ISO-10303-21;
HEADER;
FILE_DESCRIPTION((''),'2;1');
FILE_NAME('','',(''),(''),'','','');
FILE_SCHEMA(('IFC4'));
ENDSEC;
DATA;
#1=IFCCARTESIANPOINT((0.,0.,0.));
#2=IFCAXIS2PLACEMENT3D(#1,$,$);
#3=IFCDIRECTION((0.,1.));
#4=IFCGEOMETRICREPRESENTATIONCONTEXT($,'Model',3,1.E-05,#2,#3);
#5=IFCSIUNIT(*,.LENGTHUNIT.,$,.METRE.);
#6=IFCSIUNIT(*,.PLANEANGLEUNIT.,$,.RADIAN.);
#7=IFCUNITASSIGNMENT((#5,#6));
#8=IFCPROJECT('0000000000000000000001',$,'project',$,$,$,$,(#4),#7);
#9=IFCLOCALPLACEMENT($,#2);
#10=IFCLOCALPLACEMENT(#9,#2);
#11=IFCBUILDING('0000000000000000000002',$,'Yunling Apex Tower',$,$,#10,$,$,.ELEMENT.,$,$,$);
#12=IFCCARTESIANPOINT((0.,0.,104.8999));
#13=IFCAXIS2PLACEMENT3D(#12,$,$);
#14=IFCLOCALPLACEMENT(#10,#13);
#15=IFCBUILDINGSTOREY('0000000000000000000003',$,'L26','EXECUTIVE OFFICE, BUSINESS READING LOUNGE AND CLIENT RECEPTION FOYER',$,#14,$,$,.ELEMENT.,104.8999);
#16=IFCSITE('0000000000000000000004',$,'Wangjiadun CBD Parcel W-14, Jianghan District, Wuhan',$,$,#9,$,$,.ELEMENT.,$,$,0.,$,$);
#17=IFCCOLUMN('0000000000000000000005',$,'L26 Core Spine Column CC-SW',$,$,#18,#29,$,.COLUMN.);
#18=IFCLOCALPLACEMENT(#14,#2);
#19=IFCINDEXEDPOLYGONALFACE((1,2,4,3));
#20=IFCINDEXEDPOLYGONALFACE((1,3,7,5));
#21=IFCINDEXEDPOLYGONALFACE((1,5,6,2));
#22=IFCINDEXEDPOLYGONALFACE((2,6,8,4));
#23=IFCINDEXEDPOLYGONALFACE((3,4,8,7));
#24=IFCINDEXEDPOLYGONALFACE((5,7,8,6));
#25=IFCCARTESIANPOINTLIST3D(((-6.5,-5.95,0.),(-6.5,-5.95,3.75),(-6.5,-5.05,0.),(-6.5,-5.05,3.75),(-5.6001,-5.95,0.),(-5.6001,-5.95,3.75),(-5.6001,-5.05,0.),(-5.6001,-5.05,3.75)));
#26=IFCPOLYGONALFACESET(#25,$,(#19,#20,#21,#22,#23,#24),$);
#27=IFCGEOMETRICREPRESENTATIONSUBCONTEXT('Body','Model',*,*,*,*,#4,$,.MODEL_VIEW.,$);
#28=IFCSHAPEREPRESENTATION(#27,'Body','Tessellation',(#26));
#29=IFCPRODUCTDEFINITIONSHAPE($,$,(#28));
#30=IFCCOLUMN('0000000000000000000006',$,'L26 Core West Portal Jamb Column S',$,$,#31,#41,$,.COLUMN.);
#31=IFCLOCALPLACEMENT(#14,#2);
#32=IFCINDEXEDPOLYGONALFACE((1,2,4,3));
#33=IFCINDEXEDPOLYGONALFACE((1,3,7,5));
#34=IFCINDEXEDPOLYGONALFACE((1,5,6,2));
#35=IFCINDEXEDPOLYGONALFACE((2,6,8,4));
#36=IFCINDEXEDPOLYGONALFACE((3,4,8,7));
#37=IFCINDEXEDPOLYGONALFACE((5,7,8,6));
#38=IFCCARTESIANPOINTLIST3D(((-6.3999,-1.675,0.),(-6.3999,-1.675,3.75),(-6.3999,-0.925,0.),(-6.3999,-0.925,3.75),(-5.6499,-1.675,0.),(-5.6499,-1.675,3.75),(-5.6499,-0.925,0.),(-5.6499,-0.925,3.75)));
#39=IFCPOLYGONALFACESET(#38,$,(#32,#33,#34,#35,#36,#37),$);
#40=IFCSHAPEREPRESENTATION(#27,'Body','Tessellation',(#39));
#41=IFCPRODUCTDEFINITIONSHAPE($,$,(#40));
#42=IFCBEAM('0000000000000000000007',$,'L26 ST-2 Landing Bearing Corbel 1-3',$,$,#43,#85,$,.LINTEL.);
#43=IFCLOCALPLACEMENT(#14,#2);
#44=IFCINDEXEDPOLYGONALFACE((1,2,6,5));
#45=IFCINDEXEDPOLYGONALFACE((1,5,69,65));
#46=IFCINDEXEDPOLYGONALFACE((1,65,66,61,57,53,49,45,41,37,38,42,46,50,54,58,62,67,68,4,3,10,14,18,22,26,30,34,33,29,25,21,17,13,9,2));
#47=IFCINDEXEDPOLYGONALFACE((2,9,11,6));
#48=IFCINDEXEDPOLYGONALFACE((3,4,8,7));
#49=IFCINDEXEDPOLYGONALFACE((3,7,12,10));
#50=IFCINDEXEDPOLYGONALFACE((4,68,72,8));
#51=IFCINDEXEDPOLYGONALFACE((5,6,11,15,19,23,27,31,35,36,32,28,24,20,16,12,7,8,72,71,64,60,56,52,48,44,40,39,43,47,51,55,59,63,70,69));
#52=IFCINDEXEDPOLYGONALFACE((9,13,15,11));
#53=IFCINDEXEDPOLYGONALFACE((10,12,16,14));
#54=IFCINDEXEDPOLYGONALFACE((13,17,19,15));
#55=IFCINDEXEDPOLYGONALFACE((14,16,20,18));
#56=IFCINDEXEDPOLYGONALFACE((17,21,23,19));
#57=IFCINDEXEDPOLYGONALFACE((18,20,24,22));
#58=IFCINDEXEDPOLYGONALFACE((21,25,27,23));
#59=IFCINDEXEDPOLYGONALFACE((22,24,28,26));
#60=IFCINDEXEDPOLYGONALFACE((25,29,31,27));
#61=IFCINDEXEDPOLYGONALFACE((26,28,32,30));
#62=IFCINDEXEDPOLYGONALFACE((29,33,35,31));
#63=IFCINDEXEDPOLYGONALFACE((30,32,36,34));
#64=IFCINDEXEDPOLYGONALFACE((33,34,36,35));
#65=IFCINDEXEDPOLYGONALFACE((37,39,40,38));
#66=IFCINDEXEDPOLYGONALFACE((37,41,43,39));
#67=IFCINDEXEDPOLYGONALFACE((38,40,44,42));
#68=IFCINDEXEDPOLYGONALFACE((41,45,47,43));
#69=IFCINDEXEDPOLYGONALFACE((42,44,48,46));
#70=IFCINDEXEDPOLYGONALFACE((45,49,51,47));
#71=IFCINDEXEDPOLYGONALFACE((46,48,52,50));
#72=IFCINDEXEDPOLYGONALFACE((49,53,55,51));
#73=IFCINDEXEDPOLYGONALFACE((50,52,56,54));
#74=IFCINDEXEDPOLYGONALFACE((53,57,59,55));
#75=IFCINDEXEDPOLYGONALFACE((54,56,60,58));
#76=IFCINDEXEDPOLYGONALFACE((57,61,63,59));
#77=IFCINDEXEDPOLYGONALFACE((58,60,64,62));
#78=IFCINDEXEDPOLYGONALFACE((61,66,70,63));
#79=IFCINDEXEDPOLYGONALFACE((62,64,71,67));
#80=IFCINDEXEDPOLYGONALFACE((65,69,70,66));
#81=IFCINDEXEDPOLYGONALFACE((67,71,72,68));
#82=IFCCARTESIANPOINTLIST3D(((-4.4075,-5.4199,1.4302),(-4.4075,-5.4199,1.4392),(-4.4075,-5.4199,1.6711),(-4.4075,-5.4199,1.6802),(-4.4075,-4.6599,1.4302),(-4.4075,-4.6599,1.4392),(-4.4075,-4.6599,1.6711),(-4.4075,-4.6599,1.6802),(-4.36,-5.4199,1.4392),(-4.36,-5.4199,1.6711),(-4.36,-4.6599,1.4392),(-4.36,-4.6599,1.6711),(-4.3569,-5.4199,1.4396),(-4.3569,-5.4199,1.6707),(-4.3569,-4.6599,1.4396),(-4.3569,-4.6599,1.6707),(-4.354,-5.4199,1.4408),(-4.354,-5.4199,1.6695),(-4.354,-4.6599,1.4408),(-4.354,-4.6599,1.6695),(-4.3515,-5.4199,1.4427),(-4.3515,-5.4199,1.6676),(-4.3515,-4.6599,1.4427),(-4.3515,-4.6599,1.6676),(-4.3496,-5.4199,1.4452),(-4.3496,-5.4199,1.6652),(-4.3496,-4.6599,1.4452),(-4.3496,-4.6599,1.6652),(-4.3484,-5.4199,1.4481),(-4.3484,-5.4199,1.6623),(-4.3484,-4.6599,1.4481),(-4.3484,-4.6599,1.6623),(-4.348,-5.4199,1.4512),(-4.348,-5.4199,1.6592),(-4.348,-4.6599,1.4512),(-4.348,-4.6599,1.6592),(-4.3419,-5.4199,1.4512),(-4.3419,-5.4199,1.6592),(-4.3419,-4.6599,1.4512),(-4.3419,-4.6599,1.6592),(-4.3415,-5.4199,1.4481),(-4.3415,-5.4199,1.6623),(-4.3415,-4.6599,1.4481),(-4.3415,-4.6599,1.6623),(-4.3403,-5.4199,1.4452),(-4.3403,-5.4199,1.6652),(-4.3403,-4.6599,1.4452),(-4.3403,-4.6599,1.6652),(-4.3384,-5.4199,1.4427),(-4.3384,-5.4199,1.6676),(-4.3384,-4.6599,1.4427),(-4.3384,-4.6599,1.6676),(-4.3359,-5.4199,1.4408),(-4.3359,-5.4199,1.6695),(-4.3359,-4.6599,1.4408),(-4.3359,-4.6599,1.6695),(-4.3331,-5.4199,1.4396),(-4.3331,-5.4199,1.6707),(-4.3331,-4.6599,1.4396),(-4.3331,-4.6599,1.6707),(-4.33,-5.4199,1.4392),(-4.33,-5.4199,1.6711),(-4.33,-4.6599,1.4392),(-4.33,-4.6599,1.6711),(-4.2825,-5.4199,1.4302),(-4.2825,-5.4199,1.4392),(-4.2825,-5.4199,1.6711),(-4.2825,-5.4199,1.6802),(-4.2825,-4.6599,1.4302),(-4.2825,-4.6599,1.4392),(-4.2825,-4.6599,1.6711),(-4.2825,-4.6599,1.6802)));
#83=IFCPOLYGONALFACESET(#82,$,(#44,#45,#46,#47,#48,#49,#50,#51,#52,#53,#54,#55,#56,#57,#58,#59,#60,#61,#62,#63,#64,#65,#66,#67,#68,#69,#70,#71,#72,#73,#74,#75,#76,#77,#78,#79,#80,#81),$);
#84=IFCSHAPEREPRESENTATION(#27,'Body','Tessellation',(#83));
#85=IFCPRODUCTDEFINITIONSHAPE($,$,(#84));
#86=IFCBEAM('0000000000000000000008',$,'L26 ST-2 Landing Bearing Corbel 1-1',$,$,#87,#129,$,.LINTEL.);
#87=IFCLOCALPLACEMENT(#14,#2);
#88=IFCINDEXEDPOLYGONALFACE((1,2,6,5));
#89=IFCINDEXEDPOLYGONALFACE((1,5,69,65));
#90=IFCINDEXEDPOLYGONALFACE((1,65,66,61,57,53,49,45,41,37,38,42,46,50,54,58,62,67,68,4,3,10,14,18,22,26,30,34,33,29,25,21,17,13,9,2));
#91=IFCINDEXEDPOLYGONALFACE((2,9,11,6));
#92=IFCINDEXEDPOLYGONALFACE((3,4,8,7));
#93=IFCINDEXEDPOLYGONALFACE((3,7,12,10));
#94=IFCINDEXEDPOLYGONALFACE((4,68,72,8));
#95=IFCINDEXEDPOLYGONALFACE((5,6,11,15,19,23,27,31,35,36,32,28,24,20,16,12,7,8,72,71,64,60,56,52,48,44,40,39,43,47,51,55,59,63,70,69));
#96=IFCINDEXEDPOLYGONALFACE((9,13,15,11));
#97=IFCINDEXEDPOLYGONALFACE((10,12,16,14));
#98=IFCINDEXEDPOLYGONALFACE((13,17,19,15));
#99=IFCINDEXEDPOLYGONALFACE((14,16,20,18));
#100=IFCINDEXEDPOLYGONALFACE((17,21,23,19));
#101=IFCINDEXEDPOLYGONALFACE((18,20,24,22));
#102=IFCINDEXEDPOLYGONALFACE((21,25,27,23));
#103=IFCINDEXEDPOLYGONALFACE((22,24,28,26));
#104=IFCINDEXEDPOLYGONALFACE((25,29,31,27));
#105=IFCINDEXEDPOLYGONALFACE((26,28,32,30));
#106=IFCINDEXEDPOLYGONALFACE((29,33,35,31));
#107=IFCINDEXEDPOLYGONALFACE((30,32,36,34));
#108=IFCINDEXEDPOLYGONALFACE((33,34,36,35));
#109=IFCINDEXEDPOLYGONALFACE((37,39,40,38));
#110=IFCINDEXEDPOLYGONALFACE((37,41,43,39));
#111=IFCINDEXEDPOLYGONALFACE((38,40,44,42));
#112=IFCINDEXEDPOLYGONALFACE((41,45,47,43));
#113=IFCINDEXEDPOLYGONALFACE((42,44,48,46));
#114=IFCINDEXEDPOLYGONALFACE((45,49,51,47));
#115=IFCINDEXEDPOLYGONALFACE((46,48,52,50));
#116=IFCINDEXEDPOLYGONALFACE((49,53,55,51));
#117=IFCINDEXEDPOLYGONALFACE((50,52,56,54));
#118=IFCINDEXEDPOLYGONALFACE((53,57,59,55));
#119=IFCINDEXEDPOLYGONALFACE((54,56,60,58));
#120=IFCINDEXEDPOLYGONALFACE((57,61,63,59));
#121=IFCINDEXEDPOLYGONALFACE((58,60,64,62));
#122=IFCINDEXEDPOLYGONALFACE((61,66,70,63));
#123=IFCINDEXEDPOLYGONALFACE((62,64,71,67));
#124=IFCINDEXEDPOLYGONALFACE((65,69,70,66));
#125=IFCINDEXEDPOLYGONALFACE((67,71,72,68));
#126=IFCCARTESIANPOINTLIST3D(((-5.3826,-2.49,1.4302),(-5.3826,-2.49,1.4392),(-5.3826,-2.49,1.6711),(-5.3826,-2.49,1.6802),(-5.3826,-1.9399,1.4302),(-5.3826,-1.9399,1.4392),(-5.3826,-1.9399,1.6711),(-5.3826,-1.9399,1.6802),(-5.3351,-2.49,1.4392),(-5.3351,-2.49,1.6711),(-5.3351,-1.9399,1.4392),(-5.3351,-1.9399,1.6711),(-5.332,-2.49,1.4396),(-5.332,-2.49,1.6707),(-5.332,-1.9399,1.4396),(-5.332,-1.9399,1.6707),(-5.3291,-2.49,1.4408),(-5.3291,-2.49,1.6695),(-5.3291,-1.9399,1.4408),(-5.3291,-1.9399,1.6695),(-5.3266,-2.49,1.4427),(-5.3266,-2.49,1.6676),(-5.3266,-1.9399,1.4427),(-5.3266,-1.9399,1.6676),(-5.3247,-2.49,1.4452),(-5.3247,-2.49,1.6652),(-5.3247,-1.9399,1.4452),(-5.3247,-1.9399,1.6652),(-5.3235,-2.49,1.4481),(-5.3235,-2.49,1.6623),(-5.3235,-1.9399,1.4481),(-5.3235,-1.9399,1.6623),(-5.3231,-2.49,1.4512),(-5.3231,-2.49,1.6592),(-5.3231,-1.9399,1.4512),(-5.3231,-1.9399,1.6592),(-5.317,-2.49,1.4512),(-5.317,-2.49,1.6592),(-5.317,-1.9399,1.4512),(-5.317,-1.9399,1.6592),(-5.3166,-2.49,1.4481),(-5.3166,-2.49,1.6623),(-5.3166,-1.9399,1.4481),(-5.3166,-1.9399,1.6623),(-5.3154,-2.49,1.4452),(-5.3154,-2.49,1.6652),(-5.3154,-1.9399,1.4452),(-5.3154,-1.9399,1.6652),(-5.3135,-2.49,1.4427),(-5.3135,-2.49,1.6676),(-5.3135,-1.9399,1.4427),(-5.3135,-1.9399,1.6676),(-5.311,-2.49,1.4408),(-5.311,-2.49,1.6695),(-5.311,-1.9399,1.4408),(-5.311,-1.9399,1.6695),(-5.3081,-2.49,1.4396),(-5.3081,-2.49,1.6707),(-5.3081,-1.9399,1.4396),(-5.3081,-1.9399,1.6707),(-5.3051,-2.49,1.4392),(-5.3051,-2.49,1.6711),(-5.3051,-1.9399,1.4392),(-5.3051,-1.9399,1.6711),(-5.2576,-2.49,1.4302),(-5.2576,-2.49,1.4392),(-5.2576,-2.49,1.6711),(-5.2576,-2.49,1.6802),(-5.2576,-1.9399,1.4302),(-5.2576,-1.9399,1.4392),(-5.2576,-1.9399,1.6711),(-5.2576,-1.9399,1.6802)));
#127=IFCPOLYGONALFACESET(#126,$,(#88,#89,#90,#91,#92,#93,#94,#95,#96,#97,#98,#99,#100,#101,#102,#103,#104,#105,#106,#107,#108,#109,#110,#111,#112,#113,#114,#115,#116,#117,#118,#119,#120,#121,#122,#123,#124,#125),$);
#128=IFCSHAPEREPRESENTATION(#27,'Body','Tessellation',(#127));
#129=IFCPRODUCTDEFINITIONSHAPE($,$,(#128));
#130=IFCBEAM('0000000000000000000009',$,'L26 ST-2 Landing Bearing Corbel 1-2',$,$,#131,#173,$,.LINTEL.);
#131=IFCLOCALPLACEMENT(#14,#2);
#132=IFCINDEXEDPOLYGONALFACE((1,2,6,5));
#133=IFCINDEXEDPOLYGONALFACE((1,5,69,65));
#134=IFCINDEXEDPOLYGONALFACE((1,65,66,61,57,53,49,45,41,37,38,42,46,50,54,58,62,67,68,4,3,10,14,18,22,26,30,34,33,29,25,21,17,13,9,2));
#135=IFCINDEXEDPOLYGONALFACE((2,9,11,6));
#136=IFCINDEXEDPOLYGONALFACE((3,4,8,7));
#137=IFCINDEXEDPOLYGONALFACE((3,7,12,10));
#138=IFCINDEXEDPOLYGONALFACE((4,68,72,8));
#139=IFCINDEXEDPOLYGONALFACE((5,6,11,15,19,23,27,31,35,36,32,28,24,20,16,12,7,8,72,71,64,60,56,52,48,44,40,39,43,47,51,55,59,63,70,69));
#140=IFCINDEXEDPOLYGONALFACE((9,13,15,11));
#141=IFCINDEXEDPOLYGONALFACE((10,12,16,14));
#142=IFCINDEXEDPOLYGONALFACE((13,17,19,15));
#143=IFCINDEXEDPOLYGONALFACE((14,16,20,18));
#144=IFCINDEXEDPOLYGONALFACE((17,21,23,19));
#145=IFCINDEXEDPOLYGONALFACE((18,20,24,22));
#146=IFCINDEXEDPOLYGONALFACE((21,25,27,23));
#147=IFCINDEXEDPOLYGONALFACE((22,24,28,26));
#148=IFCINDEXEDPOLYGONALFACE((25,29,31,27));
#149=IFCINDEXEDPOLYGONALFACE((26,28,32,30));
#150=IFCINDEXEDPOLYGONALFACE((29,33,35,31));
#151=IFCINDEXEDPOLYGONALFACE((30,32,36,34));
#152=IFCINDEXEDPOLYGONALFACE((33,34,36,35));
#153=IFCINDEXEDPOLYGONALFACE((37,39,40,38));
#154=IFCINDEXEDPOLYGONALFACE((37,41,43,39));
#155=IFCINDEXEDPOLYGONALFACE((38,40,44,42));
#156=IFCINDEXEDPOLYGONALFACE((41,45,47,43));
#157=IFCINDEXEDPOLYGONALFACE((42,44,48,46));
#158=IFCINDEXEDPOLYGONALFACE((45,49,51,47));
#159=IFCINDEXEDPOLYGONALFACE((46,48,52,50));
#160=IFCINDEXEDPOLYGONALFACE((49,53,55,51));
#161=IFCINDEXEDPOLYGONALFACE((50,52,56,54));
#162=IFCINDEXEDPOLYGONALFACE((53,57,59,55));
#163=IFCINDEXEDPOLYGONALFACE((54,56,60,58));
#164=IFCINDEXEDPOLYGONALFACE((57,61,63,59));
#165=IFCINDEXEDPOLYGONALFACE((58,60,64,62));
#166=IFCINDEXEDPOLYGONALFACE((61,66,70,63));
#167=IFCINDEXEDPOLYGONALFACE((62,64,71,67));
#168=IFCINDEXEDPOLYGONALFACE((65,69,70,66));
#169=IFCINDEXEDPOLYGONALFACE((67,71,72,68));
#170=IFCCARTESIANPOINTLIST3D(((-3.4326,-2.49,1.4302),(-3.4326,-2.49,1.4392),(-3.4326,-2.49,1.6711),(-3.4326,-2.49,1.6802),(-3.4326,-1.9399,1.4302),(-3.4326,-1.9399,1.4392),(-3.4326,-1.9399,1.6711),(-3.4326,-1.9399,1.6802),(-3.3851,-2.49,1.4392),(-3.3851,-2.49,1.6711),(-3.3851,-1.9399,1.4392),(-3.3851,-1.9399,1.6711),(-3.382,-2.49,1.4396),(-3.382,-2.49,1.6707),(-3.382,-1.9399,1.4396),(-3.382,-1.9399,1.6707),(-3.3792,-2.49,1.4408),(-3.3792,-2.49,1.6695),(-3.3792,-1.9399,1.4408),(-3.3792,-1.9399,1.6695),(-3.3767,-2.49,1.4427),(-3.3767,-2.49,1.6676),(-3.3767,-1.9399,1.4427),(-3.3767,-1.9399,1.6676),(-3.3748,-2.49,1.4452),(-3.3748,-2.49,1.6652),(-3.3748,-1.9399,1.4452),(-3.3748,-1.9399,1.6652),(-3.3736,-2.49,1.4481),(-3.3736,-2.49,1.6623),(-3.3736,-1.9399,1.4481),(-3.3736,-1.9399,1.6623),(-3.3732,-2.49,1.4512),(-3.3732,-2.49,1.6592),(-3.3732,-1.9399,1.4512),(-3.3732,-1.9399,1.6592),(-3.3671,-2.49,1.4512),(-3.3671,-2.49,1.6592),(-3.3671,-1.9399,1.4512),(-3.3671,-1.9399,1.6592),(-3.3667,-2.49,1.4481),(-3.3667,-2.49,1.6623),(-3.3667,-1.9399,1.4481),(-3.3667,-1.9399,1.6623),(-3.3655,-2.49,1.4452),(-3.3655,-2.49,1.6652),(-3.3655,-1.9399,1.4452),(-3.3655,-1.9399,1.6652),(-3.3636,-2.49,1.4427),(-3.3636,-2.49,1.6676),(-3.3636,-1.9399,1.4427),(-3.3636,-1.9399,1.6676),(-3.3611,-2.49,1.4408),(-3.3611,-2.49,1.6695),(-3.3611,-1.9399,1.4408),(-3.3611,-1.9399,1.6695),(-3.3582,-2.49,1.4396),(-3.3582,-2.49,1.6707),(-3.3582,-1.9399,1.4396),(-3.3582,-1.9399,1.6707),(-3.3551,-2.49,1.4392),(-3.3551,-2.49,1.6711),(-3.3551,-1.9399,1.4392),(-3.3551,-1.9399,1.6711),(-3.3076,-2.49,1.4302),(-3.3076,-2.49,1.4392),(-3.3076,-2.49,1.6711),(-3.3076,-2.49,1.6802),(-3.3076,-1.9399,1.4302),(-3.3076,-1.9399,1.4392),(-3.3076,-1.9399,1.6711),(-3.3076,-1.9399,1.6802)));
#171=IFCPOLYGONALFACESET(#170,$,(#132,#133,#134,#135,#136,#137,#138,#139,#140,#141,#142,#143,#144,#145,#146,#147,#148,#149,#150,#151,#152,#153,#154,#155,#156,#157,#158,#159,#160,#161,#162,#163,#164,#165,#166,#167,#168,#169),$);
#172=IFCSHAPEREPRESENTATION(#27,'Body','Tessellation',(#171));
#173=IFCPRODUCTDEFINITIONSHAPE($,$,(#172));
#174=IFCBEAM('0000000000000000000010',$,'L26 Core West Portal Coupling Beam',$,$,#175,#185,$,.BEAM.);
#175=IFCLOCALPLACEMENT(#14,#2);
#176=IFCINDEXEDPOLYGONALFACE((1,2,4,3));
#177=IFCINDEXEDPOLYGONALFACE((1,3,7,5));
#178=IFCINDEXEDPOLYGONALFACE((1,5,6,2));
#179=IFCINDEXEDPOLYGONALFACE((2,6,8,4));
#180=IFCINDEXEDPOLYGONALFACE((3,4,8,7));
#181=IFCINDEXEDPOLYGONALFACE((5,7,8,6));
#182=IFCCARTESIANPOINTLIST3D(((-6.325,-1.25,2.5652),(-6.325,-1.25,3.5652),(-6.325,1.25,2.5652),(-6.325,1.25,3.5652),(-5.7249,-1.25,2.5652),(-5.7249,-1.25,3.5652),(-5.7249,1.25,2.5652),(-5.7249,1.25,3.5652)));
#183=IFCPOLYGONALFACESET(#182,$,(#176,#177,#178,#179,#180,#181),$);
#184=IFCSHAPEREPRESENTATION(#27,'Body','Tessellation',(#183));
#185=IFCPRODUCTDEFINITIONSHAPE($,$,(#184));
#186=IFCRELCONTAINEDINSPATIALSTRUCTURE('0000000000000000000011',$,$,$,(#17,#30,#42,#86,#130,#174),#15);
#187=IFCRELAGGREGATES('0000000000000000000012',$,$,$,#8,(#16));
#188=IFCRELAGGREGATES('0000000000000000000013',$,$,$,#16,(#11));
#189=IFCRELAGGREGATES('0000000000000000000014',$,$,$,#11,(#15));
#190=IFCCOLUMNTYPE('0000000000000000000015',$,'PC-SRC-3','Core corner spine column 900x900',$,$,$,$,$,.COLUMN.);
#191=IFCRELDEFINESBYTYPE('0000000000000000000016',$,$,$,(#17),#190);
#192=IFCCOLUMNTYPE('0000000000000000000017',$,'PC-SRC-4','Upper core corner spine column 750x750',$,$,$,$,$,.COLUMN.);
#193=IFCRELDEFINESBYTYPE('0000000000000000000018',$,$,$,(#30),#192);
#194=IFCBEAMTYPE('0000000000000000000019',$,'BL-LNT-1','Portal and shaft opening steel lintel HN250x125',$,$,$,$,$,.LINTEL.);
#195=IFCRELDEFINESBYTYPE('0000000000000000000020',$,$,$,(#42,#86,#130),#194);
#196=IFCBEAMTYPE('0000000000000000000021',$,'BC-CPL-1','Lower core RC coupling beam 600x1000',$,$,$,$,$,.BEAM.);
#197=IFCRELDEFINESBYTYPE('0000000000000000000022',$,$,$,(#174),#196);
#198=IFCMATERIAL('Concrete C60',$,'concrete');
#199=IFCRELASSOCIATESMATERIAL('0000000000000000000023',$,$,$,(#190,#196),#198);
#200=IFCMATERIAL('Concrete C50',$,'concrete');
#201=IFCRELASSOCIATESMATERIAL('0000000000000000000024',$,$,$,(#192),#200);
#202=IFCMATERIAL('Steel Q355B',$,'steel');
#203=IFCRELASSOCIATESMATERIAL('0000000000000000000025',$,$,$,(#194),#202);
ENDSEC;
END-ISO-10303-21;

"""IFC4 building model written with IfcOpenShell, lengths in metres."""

from ifc_helpers import new_model, si_unit, direction, frame, origin, origin_2d, place, context, subcontext, project, spatial, rectangle, i_section, extrude, source, transform, mapped, material, material_profile, profile_set, type_object, element, save


model = new_model("IFC4")

# Units and contexts
model_context = context("Model", 3, precision=1e-05, world=origin(), true_north=direction((0.0, 1.0)))
body_context = subcontext(model_context, "Body", "Model", "MODEL_VIEW")
ifc_project = project(units=[si_unit("LENGTHUNIT", "METRE"), si_unit("PLANEANGLEUNIT", "RADIAN")], contexts=[model_context])

# Site, building, storey
site_placement = place(None, origin())
site = spatial("IfcSite", under=ifc_project, at=site_placement, Name="Wangjiadun CBD Parcel W-14, Jianghan District, Wuhan", CompositionType="ELEMENT", RefElevation=0.0)
building_placement = place(site_placement, origin())
building = spatial("IfcBuilding", under=site, at=building_placement, Name="Yunling Apex Tower", CompositionType="ELEMENT")
storey_placement = place(building_placement, frame((0.0, 0.0, 104.8999)))
storey = spatial("IfcBuildingStorey", under=building, at=storey_placement, Name="L26", Description="EXECUTIVE OFFICE, BUSINESS READING LOUNGE AND CLIENT RECEPTION FOYER", CompositionType="ELEMENT", Elevation=104.8999)

# Columns
ifc_material_1 = material(Name="Concrete C60", Category="concrete")
ifc_material_profile_1 = material_profile(ifc_material_1, rectangle(XDim=0.8999, YDim=0.8999, at=origin_2d()))
ifc_profile_set_1 = profile_set([ifc_material_profile_1], Name="Concrete C60")
column_type_1 = type_object("IfcColumnType", Name="PC-SRC-3", Description="Core corner spine column 900x900", PredefinedType="COLUMN", material=ifc_profile_set_1)
shared_shape_1 = source(origin(), body_context, "Body", "SweptSolid", [
    extrude(rectangle(XDim=0.8999, YDim=0.8999, at=origin_2d()), origin(), (0.0, 0.0, 1.0), 3.75),
])
column_1_placement = place(storey_placement, frame((-6.05, -5.5, 0.0), z_axis=(0.0, 0.0, 1.0), x_axis=(1.0, 0.0, 0.0)))
element("IfcColumn", 1, at=column_1_placement, inside=storey, type_object=column_type_1, Name="L26 Core Spine Column CC-SW", PredefinedType="COLUMN", context=body_context, shape_type="MappedRepresentation", body=[
    mapped(shared_shape_1, transform((0.0, 0.0, 0.0), scale=1.0)),
])
ifc_material_2 = material(Name="Concrete C50", Category="concrete")
ifc_material_profile_2 = material_profile(ifc_material_2, rectangle(XDim=0.75, YDim=0.75, at=origin_2d()))
ifc_profile_set_2 = profile_set([ifc_material_profile_2], Name="Concrete C50")
column_type_2 = type_object("IfcColumnType", Name="PC-SRC-4", Description="Upper core corner spine column 750x750", PredefinedType="COLUMN", material=ifc_profile_set_2)
shared_shape_2 = source(origin(), body_context, "Body", "SweptSolid", [
    extrude(rectangle(XDim=0.75, YDim=0.75, at=origin_2d()), origin(), (0.0, 0.0, 1.0), 3.75),
])
column_2_placement = place(storey_placement, frame((-6.0249, -1.3, 0.0), z_axis=(0.0, 0.0, 1.0), x_axis=(1.0, 0.0, 0.0)))
element("IfcColumn", 2, at=column_2_placement, inside=storey, type_object=column_type_2, Name="L26 Core West Portal Jamb Column S", PredefinedType="COLUMN", context=body_context, shape_type="MappedRepresentation", body=[
    mapped(shared_shape_2, transform((0.0, 0.0, 0.0), scale=1.0)),
])

# Beams
ifc_material_3 = material(Name="Steel Q355B", Category="steel")
ifc_material_profile_3 = material_profile(ifc_material_3, i_section(OverallWidth=0.125, OverallDepth=0.25, WebThickness=0.0061, FlangeThickness=0.009, FilletRadius=0.012, at=origin_2d()))
ifc_profile_set_3 = profile_set([ifc_material_profile_3], Name="Steel Q355B")
beam_type_1 = type_object("IfcBeamType", Name="BL-LNT-1", Description="Portal and shaft opening steel lintel HN250x125", PredefinedType="LINTEL", material=ifc_profile_set_3)
shared_shape_3 = source(origin(), body_context, "Body", "SweptSolid", [
    extrude(i_section(OverallWidth=0.125, OverallDepth=0.25, WebThickness=0.0061, FlangeThickness=0.009, FilletRadius=0.012, at=origin_2d()), origin(), (0.0, 0.0, 1.0), 0.76),
])
beam_1_placement = place(storey_placement, frame((-4.345, -5.4199, 1.5552), z_axis=(0.0, 1.0, 0.0), x_axis=(-1.0, 0.0, 0.0)))
element("IfcBeam", 3, at=beam_1_placement, inside=storey, type_object=beam_type_1, Name="L26 ST-2 Landing Bearing Corbel 1-3", PredefinedType="LINTEL", context=body_context, shape_type="MappedRepresentation", body=[
    mapped(shared_shape_3, transform((0.0, 0.0, 0.0), scale=1.0)),
])
shared_shape_4 = source(origin(), body_context, "Body", "SweptSolid", [
    extrude(i_section(OverallWidth=0.125, OverallDepth=0.25, WebThickness=0.0061, FlangeThickness=0.009, FilletRadius=0.012, at=origin_2d()), origin(), (0.0, 0.0, 1.0), 0.55),
])
for number, where, z_axis, x_axis, name in (
    (4, (-5.3201, -1.9399, 1.5552), (0.0, -1.0, 0.0), (1.0, 0.0, 0.0), "L26 ST-2 Landing Bearing Corbel 1-1"),
    (5, (-3.3701, -1.9399, 1.5552), (0.0, -1.0, 0.0), (1.0, 0.0, 0.0), "L26 ST-2 Landing Bearing Corbel 1-2"),
):
    element("IfcBeam", number, at=place(storey_placement, frame(where, z_axis=z_axis, x_axis=x_axis)), inside=storey, type_object=beam_type_1, Name=name, PredefinedType="LINTEL", context=body_context, shape_type="MappedRepresentation", body=[
        mapped(shared_shape_4, transform((0.0, 0.0, 0.0), scale=1.0)),
    ])
ifc_material_profile_4 = material_profile(ifc_material_1, rectangle(XDim=0.6001, YDim=1.0, at=origin_2d()))
ifc_profile_set_4 = profile_set([ifc_material_profile_4], Name="Concrete C60")
beam_type_2 = type_object("IfcBeamType", Name="BC-CPL-1", Description="Lower core RC coupling beam 600x1000", PredefinedType="BEAM", material=ifc_profile_set_4)
shared_shape_5 = source(origin(), body_context, "Body", "SweptSolid", [
    extrude(rectangle(XDim=0.6001, YDim=1.0, at=origin_2d()), origin(), (0.0, 0.0, 1.0), 2.5),
])
beam_2_placement = place(storey_placement, frame((-6.0249, -1.25, 3.0652), z_axis=(0.0, 1.0, 0.0), x_axis=(-1.0, 0.0, 0.0)))
element("IfcBeam", 6, at=beam_2_placement, inside=storey, type_object=beam_type_2, Name="L26 Core West Portal Coupling Beam", PredefinedType="BEAM", context=body_context, shape_type="MappedRepresentation", body=[
    mapped(shared_shape_5, transform((0.0, 0.0, 0.0), scale=1.0)),
])

save(model, "model.ifc")
